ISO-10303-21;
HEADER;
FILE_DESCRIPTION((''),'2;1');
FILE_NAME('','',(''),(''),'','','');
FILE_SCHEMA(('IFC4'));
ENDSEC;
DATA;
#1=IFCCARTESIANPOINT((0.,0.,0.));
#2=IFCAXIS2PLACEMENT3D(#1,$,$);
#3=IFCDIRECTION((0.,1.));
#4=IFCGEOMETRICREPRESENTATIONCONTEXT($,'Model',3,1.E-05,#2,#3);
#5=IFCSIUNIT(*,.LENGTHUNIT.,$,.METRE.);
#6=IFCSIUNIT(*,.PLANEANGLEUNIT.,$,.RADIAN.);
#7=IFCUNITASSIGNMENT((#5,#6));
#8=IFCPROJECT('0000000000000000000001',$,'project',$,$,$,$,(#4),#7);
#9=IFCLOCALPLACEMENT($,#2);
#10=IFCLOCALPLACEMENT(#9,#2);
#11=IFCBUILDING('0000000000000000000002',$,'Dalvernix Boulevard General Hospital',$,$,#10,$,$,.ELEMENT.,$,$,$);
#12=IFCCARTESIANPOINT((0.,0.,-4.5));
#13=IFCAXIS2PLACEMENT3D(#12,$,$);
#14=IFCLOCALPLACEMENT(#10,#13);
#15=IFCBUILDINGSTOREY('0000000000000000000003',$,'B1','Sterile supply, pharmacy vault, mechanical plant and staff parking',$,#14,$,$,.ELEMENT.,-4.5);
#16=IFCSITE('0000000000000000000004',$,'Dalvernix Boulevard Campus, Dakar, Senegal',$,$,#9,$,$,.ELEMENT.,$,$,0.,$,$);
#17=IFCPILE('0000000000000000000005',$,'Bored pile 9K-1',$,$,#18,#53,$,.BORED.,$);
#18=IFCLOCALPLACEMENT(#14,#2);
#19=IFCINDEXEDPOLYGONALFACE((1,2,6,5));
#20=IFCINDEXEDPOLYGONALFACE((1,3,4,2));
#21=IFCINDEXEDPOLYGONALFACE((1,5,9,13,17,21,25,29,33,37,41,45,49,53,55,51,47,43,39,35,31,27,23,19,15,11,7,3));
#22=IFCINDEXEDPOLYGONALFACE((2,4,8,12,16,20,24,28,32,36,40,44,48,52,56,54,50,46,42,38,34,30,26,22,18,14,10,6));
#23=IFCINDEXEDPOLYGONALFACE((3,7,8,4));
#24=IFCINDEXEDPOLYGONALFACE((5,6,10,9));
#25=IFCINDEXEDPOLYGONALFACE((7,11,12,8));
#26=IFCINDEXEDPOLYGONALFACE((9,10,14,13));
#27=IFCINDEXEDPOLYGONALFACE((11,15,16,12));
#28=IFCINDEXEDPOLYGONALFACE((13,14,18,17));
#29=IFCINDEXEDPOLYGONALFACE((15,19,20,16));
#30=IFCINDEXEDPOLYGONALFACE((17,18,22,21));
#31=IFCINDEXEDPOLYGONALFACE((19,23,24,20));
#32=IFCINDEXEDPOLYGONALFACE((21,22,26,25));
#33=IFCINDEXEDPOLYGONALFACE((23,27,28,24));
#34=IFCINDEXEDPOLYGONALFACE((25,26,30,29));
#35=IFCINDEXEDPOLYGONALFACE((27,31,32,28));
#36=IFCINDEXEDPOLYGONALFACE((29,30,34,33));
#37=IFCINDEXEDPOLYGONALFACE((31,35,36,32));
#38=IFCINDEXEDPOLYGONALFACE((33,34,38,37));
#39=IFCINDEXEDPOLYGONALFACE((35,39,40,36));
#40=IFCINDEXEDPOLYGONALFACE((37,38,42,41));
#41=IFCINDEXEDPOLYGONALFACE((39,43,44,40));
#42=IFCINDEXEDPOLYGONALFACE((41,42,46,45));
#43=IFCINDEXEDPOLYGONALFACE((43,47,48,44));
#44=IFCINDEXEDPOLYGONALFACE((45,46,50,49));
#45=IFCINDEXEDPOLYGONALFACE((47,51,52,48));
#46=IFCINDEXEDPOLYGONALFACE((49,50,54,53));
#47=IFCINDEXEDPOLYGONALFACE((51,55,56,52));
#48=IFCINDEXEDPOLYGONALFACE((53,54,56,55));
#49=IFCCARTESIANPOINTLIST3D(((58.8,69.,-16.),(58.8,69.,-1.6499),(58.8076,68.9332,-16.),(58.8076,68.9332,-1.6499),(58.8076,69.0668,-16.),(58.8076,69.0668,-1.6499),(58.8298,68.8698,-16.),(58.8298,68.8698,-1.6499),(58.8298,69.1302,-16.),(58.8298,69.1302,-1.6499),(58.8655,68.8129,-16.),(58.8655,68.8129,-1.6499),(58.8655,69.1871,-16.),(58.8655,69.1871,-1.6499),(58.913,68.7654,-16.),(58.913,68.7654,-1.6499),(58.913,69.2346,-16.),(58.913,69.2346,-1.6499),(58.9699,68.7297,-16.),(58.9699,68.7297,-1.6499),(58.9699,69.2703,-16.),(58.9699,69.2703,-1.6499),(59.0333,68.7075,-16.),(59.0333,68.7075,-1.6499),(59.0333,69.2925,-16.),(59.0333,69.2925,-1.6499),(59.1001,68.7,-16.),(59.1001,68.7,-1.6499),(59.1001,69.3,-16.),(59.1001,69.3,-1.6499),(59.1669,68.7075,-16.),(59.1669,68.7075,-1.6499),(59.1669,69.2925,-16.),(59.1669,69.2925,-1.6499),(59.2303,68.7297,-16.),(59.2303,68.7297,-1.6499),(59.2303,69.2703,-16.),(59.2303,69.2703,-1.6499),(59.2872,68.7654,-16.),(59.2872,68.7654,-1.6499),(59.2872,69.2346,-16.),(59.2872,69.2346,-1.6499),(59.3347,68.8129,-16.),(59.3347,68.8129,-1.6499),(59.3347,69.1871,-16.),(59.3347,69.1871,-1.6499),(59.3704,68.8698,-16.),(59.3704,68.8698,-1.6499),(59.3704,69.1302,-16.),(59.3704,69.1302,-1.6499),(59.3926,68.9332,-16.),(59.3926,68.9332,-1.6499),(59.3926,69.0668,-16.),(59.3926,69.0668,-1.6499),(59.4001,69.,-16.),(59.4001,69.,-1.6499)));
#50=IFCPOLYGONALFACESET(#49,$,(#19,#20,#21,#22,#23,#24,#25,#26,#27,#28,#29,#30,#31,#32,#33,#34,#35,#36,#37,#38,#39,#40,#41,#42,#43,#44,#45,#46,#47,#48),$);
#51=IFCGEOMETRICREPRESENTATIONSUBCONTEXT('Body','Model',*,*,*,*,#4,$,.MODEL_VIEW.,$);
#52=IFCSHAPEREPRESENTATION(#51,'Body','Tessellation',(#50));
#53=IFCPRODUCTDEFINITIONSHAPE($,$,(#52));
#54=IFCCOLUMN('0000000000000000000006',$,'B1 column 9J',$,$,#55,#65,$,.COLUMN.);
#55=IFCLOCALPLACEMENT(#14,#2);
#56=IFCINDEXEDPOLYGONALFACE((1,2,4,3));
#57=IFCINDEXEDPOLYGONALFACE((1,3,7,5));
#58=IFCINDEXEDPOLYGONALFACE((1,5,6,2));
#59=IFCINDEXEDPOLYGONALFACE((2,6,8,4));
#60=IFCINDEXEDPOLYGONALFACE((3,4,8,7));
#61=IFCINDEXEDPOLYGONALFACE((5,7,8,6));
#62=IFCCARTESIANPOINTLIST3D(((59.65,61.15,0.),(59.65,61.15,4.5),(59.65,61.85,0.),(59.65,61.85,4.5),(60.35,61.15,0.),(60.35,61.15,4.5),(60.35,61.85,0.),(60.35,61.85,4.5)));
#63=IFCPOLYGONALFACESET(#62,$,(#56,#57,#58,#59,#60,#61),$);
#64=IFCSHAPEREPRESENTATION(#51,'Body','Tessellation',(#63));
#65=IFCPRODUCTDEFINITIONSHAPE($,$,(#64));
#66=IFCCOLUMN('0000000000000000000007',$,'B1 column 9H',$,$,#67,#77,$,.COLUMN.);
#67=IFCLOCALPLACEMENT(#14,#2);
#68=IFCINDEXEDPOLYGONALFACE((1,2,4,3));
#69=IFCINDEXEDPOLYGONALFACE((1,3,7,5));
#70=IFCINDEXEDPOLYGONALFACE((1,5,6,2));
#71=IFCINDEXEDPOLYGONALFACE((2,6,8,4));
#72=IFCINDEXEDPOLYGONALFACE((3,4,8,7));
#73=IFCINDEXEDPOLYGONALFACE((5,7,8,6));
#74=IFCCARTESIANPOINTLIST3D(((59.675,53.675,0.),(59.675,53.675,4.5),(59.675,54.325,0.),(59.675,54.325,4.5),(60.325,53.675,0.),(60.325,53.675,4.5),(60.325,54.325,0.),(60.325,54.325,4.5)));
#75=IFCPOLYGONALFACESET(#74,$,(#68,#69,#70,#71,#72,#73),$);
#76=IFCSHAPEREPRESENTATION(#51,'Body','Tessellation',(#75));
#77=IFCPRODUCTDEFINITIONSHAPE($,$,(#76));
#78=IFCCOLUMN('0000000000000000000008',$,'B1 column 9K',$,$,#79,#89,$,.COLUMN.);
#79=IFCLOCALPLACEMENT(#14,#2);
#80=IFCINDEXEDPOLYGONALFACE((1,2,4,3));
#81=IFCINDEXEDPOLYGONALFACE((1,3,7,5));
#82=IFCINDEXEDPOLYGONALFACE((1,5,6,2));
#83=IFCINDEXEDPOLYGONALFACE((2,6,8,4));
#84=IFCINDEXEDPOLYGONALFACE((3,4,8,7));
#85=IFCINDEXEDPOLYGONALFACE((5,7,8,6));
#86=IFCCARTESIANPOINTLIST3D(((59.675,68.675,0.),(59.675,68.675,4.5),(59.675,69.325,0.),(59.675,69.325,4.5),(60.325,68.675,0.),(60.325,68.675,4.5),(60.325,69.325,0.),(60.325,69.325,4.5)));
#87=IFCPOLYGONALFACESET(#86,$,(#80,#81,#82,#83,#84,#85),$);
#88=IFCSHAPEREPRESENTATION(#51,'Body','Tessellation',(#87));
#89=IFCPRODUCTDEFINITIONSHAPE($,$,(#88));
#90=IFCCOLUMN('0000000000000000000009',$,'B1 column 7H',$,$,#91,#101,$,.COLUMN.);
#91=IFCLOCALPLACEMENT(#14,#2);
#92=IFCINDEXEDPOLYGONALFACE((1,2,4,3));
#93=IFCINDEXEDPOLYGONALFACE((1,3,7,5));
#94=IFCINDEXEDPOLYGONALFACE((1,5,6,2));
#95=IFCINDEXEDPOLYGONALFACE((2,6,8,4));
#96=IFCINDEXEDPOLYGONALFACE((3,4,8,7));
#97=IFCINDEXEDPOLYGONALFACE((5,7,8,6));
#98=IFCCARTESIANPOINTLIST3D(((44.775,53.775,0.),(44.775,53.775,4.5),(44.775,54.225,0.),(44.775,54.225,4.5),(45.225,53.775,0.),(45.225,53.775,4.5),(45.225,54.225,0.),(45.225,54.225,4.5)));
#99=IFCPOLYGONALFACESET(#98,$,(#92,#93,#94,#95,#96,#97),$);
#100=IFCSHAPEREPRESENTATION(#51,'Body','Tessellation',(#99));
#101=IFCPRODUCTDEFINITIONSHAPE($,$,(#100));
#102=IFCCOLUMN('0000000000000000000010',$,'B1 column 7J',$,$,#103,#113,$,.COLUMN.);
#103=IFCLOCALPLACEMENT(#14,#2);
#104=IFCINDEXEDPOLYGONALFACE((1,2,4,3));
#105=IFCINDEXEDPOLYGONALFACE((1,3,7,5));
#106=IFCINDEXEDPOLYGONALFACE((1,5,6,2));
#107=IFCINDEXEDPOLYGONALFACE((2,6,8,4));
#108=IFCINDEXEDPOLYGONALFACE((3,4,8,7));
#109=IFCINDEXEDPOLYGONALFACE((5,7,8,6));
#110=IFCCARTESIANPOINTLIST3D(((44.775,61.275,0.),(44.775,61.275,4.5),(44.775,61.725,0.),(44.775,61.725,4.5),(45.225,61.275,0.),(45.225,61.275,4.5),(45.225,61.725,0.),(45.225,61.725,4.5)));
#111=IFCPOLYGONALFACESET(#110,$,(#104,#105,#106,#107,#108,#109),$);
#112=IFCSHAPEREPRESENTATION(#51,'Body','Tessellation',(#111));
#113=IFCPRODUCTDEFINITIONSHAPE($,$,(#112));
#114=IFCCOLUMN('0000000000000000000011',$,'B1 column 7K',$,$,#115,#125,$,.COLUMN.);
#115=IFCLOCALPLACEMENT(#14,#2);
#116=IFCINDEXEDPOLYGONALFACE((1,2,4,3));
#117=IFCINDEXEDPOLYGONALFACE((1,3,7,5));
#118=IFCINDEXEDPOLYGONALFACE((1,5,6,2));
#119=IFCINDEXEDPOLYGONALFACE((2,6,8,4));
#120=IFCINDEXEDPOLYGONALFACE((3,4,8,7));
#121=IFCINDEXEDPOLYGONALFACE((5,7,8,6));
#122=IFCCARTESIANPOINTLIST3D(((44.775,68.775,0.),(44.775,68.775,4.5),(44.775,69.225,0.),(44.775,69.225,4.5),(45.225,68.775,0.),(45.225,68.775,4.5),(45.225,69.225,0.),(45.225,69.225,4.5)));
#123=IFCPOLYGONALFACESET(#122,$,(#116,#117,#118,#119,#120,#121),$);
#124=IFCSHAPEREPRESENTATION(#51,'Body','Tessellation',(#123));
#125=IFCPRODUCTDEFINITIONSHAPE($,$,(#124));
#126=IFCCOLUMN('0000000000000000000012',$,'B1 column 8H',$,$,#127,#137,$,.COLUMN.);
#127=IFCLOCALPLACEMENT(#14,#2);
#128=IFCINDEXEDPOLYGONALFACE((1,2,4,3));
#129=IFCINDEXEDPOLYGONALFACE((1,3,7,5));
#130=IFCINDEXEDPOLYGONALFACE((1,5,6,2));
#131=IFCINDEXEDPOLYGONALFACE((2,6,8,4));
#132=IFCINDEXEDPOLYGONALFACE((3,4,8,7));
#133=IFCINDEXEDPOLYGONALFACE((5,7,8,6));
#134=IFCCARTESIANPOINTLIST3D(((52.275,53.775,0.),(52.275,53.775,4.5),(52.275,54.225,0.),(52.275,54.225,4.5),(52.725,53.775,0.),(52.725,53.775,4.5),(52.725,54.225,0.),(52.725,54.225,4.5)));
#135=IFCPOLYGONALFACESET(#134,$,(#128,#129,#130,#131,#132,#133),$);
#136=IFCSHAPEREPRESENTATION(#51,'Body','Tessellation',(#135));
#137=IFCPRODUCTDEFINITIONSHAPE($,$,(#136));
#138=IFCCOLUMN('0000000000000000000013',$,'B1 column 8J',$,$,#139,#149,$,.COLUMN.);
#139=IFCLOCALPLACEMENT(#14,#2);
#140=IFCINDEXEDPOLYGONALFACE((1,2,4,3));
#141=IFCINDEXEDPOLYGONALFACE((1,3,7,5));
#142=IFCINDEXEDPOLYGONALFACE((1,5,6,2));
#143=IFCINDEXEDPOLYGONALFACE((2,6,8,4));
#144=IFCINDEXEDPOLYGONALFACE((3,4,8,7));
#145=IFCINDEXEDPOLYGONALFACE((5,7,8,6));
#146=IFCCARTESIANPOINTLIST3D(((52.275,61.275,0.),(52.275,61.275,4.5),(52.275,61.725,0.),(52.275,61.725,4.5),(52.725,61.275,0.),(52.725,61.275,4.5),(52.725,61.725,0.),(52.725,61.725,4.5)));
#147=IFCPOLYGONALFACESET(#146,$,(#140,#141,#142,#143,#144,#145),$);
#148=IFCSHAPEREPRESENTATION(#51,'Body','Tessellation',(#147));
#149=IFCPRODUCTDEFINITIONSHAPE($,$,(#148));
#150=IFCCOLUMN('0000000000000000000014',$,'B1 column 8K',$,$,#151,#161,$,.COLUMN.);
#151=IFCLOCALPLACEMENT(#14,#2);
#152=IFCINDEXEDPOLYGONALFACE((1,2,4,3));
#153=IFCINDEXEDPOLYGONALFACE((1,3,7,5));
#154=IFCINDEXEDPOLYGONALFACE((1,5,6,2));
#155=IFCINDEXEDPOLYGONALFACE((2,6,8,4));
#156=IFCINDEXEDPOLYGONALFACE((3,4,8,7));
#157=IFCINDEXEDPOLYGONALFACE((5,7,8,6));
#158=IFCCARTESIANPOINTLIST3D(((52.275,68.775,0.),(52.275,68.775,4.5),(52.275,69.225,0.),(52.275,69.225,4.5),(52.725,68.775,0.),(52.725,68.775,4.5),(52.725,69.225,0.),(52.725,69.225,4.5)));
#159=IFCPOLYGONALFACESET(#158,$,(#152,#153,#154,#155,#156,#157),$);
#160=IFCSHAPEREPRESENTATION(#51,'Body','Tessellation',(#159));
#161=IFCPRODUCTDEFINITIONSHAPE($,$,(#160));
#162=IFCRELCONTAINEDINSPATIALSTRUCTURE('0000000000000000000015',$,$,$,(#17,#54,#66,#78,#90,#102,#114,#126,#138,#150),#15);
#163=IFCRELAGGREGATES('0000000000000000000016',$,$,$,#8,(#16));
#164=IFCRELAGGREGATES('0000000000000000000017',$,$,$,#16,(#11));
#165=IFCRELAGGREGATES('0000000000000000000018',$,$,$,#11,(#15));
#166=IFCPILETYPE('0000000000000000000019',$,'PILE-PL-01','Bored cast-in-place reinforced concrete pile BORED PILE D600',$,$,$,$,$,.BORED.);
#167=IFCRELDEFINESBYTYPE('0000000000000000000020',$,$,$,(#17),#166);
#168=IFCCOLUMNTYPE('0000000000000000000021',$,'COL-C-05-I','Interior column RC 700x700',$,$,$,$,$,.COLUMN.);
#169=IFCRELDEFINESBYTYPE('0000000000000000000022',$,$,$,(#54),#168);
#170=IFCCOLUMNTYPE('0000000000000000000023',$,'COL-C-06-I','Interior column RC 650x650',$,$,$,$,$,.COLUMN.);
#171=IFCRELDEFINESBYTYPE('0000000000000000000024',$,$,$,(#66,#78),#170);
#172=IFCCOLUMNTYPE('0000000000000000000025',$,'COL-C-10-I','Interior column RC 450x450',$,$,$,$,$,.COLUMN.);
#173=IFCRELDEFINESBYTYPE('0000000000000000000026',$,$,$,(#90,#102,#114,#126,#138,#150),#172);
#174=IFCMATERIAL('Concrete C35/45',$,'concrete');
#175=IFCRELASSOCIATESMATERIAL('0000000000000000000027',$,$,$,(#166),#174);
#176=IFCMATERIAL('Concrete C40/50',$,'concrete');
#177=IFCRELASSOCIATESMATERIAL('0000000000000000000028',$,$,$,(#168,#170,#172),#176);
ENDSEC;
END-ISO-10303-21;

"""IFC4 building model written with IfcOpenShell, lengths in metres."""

from ifc_helpers import new_model, si_unit, direction, frame, origin, origin_2d, place, context, subcontext, project, spatial, rectangle, circle, extrude, material, material_profile, profile_set, type_object, element, save


model = new_model("IFC4")

# Units and contexts
model_context = context("Model", 3, precision=1e-05, world=origin(), true_north=direction((0.0, 1.0)))
body_context = subcontext(model_context, "Body", "Model", "MODEL_VIEW")
ifc_project = project(units=[si_unit("LENGTHUNIT", "METRE"), si_unit("PLANEANGLEUNIT", "RADIAN")], contexts=[model_context])

# Site, building, storey
site_placement = place(None, origin())
site = spatial("IfcSite", under=ifc_project, at=site_placement, Name="Dalvernix Boulevard Campus, Dakar, Senegal", CompositionType="ELEMENT", RefElevation=0.0)
building_placement = place(site_placement, origin())
building = spatial("IfcBuilding", under=site, at=building_placement, Name="Dalvernix Boulevard General Hospital", CompositionType="ELEMENT")
storey_placement = place(building_placement, frame((0.0, 0.0, -4.5)))
storey = spatial("IfcBuildingStorey", under=building, at=storey_placement, Name="B1", Description="Sterile supply, pharmacy vault, mechanical plant and staff parking", CompositionType="ELEMENT", Elevation=-4.5)

# Shared definitions
ifc_material_1 = material(Name="Concrete C35/45", Category="concrete")
ifc_material_2 = material(Name="Concrete C40/50", Category="concrete")

# Pile
ifc_material_profile_1 = material_profile(ifc_material_1, circle(Radius=0.3, at=origin_2d()), Name="BORED PILE D600")
ifc_profile_set_1 = profile_set([ifc_material_profile_1], Name="Concrete C35/45")
pile_type = type_object("IfcPileType", Name="PILE-PL-01", Description="Bored cast-in-place reinforced concrete pile BORED PILE D600", PredefinedType="BORED", material=ifc_profile_set_1)
pile_1_placement = place(storey_placement, frame((59.1001, 69.0, -1.6499), z_axis=(0.0, 0.0, -1.0), x_axis=(1.0, 0.0, 0.0)))
element("IfcPile", 1, at=pile_1_placement, inside=storey, type_object=pile_type, Name="Bored pile 9K-1", PredefinedType="BORED", context=body_context, shape_type="SweptSolid", body=[
    extrude(circle(Radius=0.3, at=origin_2d()), origin(), (0.0, 0.0, 1.0), 14.3501),
])

# Columns
ifc_material_profile_2 = material_profile(ifc_material_2, rectangle(XDim=0.7, YDim=0.7, at=origin_2d()), Name="RC 700x700")
ifc_profile_set_2 = profile_set([ifc_material_profile_2], Name="Concrete C40/50")
column_type_1 = type_object("IfcColumnType", Name="COL-C-05-I", Description="Interior column RC 700x700", PredefinedType="COLUMN", material=ifc_profile_set_2)
column_placement = place(storey_placement, frame((60.0, 61.5, 0.0), z_axis=(0.0, 0.0, 1.0), x_axis=(1.0, 0.0, 0.0)))
element("IfcColumn", 2, at=column_placement, inside=storey, type_object=column_type_1, Name="B1 column 9J", PredefinedType="COLUMN", context=body_context, shape_type="SweptSolid", body=[
    extrude(rectangle(XDim=0.7, YDim=0.7, at=origin_2d()), origin(), (0.0, 0.0, 1.0), 4.5),
])
ifc_material_profile_3 = material_profile(ifc_material_2, rectangle(XDim=0.6499, YDim=0.6499, at=origin_2d()), Name="RC 650x650")
ifc_profile_set_3 = profile_set([ifc_material_profile_3], Name="Concrete C40/50")
column_type_2 = type_object("IfcColumnType", Name="COL-C-06-I", Description="Interior column RC 650x650", PredefinedType="COLUMN", material=ifc_profile_set_3)
for number, where, z_axis, x_axis, name in (
    (3, (60.0, 54.0, 0.0), (0.0, 0.0, 1.0), (1.0, 0.0, 0.0), "B1 column 9H"),
    (4, (60.0, 69.0, 0.0), (0.0, 0.0, 1.0), (1.0, 0.0, 0.0), "B1 column 9K"),
):
    element("IfcColumn", number, at=place(storey_placement, frame(where, z_axis=z_axis, x_axis=x_axis)), inside=storey, type_object=column_type_2, Name=name, PredefinedType="COLUMN", context=body_context, shape_type="SweptSolid", body=[
        extrude(rectangle(XDim=0.6499, YDim=0.6499, at=origin_2d()), origin(), (0.0, 0.0, 1.0), 4.5),
    ])
ifc_material_profile_4 = material_profile(ifc_material_2, rectangle(XDim=0.45, YDim=0.45, at=origin_2d()), Name="RC 450x450")
ifc_profile_set_4 = profile_set([ifc_material_profile_4], Name="Concrete C40/50")
column_type_3 = type_object("IfcColumnType", Name="COL-C-10-I", Description="Interior column RC 450x450", PredefinedType="COLUMN", material=ifc_profile_set_4)
for number, where, z_axis, x_axis, name in (
    (5, (45.0, 54.0, 0.0), (0.0, 0.0, 1.0), (1.0, 0.0, 0.0), "B1 column 7H"),
    (6, (45.0, 61.5, 0.0), (0.0, 0.0, 1.0), (1.0, 0.0, 0.0), "B1 column 7J"),
    (7, (45.0, 69.0, 0.0), (0.0, 0.0, 1.0), (1.0, 0.0, 0.0), "B1 column 7K"),
    (8, (52.5, 54.0, 0.0), (0.0, 0.0, 1.0), (1.0, 0.0, 0.0), "B1 column 8H"),
    (9, (52.5, 61.5, 0.0), (0.0, 0.0, 1.0), (1.0, 0.0, 0.0), "B1 column 8J"),
    (10, (52.5, 69.0, 0.0), (0.0, 0.0, 1.0), (1.0, 0.0, 0.0), "B1 column 8K"),
):
    element("IfcColumn", number, at=place(storey_placement, frame(where, z_axis=z_axis, x_axis=x_axis)), inside=storey, type_object=column_type_3, Name=name, PredefinedType="COLUMN", context=body_context, shape_type="SweptSolid", body=[
        extrude(rectangle(XDim=0.45, YDim=0.45, at=origin_2d()), origin(), (0.0, 0.0, 1.0), 4.5),
    ])

save(model, "model.ifc")
